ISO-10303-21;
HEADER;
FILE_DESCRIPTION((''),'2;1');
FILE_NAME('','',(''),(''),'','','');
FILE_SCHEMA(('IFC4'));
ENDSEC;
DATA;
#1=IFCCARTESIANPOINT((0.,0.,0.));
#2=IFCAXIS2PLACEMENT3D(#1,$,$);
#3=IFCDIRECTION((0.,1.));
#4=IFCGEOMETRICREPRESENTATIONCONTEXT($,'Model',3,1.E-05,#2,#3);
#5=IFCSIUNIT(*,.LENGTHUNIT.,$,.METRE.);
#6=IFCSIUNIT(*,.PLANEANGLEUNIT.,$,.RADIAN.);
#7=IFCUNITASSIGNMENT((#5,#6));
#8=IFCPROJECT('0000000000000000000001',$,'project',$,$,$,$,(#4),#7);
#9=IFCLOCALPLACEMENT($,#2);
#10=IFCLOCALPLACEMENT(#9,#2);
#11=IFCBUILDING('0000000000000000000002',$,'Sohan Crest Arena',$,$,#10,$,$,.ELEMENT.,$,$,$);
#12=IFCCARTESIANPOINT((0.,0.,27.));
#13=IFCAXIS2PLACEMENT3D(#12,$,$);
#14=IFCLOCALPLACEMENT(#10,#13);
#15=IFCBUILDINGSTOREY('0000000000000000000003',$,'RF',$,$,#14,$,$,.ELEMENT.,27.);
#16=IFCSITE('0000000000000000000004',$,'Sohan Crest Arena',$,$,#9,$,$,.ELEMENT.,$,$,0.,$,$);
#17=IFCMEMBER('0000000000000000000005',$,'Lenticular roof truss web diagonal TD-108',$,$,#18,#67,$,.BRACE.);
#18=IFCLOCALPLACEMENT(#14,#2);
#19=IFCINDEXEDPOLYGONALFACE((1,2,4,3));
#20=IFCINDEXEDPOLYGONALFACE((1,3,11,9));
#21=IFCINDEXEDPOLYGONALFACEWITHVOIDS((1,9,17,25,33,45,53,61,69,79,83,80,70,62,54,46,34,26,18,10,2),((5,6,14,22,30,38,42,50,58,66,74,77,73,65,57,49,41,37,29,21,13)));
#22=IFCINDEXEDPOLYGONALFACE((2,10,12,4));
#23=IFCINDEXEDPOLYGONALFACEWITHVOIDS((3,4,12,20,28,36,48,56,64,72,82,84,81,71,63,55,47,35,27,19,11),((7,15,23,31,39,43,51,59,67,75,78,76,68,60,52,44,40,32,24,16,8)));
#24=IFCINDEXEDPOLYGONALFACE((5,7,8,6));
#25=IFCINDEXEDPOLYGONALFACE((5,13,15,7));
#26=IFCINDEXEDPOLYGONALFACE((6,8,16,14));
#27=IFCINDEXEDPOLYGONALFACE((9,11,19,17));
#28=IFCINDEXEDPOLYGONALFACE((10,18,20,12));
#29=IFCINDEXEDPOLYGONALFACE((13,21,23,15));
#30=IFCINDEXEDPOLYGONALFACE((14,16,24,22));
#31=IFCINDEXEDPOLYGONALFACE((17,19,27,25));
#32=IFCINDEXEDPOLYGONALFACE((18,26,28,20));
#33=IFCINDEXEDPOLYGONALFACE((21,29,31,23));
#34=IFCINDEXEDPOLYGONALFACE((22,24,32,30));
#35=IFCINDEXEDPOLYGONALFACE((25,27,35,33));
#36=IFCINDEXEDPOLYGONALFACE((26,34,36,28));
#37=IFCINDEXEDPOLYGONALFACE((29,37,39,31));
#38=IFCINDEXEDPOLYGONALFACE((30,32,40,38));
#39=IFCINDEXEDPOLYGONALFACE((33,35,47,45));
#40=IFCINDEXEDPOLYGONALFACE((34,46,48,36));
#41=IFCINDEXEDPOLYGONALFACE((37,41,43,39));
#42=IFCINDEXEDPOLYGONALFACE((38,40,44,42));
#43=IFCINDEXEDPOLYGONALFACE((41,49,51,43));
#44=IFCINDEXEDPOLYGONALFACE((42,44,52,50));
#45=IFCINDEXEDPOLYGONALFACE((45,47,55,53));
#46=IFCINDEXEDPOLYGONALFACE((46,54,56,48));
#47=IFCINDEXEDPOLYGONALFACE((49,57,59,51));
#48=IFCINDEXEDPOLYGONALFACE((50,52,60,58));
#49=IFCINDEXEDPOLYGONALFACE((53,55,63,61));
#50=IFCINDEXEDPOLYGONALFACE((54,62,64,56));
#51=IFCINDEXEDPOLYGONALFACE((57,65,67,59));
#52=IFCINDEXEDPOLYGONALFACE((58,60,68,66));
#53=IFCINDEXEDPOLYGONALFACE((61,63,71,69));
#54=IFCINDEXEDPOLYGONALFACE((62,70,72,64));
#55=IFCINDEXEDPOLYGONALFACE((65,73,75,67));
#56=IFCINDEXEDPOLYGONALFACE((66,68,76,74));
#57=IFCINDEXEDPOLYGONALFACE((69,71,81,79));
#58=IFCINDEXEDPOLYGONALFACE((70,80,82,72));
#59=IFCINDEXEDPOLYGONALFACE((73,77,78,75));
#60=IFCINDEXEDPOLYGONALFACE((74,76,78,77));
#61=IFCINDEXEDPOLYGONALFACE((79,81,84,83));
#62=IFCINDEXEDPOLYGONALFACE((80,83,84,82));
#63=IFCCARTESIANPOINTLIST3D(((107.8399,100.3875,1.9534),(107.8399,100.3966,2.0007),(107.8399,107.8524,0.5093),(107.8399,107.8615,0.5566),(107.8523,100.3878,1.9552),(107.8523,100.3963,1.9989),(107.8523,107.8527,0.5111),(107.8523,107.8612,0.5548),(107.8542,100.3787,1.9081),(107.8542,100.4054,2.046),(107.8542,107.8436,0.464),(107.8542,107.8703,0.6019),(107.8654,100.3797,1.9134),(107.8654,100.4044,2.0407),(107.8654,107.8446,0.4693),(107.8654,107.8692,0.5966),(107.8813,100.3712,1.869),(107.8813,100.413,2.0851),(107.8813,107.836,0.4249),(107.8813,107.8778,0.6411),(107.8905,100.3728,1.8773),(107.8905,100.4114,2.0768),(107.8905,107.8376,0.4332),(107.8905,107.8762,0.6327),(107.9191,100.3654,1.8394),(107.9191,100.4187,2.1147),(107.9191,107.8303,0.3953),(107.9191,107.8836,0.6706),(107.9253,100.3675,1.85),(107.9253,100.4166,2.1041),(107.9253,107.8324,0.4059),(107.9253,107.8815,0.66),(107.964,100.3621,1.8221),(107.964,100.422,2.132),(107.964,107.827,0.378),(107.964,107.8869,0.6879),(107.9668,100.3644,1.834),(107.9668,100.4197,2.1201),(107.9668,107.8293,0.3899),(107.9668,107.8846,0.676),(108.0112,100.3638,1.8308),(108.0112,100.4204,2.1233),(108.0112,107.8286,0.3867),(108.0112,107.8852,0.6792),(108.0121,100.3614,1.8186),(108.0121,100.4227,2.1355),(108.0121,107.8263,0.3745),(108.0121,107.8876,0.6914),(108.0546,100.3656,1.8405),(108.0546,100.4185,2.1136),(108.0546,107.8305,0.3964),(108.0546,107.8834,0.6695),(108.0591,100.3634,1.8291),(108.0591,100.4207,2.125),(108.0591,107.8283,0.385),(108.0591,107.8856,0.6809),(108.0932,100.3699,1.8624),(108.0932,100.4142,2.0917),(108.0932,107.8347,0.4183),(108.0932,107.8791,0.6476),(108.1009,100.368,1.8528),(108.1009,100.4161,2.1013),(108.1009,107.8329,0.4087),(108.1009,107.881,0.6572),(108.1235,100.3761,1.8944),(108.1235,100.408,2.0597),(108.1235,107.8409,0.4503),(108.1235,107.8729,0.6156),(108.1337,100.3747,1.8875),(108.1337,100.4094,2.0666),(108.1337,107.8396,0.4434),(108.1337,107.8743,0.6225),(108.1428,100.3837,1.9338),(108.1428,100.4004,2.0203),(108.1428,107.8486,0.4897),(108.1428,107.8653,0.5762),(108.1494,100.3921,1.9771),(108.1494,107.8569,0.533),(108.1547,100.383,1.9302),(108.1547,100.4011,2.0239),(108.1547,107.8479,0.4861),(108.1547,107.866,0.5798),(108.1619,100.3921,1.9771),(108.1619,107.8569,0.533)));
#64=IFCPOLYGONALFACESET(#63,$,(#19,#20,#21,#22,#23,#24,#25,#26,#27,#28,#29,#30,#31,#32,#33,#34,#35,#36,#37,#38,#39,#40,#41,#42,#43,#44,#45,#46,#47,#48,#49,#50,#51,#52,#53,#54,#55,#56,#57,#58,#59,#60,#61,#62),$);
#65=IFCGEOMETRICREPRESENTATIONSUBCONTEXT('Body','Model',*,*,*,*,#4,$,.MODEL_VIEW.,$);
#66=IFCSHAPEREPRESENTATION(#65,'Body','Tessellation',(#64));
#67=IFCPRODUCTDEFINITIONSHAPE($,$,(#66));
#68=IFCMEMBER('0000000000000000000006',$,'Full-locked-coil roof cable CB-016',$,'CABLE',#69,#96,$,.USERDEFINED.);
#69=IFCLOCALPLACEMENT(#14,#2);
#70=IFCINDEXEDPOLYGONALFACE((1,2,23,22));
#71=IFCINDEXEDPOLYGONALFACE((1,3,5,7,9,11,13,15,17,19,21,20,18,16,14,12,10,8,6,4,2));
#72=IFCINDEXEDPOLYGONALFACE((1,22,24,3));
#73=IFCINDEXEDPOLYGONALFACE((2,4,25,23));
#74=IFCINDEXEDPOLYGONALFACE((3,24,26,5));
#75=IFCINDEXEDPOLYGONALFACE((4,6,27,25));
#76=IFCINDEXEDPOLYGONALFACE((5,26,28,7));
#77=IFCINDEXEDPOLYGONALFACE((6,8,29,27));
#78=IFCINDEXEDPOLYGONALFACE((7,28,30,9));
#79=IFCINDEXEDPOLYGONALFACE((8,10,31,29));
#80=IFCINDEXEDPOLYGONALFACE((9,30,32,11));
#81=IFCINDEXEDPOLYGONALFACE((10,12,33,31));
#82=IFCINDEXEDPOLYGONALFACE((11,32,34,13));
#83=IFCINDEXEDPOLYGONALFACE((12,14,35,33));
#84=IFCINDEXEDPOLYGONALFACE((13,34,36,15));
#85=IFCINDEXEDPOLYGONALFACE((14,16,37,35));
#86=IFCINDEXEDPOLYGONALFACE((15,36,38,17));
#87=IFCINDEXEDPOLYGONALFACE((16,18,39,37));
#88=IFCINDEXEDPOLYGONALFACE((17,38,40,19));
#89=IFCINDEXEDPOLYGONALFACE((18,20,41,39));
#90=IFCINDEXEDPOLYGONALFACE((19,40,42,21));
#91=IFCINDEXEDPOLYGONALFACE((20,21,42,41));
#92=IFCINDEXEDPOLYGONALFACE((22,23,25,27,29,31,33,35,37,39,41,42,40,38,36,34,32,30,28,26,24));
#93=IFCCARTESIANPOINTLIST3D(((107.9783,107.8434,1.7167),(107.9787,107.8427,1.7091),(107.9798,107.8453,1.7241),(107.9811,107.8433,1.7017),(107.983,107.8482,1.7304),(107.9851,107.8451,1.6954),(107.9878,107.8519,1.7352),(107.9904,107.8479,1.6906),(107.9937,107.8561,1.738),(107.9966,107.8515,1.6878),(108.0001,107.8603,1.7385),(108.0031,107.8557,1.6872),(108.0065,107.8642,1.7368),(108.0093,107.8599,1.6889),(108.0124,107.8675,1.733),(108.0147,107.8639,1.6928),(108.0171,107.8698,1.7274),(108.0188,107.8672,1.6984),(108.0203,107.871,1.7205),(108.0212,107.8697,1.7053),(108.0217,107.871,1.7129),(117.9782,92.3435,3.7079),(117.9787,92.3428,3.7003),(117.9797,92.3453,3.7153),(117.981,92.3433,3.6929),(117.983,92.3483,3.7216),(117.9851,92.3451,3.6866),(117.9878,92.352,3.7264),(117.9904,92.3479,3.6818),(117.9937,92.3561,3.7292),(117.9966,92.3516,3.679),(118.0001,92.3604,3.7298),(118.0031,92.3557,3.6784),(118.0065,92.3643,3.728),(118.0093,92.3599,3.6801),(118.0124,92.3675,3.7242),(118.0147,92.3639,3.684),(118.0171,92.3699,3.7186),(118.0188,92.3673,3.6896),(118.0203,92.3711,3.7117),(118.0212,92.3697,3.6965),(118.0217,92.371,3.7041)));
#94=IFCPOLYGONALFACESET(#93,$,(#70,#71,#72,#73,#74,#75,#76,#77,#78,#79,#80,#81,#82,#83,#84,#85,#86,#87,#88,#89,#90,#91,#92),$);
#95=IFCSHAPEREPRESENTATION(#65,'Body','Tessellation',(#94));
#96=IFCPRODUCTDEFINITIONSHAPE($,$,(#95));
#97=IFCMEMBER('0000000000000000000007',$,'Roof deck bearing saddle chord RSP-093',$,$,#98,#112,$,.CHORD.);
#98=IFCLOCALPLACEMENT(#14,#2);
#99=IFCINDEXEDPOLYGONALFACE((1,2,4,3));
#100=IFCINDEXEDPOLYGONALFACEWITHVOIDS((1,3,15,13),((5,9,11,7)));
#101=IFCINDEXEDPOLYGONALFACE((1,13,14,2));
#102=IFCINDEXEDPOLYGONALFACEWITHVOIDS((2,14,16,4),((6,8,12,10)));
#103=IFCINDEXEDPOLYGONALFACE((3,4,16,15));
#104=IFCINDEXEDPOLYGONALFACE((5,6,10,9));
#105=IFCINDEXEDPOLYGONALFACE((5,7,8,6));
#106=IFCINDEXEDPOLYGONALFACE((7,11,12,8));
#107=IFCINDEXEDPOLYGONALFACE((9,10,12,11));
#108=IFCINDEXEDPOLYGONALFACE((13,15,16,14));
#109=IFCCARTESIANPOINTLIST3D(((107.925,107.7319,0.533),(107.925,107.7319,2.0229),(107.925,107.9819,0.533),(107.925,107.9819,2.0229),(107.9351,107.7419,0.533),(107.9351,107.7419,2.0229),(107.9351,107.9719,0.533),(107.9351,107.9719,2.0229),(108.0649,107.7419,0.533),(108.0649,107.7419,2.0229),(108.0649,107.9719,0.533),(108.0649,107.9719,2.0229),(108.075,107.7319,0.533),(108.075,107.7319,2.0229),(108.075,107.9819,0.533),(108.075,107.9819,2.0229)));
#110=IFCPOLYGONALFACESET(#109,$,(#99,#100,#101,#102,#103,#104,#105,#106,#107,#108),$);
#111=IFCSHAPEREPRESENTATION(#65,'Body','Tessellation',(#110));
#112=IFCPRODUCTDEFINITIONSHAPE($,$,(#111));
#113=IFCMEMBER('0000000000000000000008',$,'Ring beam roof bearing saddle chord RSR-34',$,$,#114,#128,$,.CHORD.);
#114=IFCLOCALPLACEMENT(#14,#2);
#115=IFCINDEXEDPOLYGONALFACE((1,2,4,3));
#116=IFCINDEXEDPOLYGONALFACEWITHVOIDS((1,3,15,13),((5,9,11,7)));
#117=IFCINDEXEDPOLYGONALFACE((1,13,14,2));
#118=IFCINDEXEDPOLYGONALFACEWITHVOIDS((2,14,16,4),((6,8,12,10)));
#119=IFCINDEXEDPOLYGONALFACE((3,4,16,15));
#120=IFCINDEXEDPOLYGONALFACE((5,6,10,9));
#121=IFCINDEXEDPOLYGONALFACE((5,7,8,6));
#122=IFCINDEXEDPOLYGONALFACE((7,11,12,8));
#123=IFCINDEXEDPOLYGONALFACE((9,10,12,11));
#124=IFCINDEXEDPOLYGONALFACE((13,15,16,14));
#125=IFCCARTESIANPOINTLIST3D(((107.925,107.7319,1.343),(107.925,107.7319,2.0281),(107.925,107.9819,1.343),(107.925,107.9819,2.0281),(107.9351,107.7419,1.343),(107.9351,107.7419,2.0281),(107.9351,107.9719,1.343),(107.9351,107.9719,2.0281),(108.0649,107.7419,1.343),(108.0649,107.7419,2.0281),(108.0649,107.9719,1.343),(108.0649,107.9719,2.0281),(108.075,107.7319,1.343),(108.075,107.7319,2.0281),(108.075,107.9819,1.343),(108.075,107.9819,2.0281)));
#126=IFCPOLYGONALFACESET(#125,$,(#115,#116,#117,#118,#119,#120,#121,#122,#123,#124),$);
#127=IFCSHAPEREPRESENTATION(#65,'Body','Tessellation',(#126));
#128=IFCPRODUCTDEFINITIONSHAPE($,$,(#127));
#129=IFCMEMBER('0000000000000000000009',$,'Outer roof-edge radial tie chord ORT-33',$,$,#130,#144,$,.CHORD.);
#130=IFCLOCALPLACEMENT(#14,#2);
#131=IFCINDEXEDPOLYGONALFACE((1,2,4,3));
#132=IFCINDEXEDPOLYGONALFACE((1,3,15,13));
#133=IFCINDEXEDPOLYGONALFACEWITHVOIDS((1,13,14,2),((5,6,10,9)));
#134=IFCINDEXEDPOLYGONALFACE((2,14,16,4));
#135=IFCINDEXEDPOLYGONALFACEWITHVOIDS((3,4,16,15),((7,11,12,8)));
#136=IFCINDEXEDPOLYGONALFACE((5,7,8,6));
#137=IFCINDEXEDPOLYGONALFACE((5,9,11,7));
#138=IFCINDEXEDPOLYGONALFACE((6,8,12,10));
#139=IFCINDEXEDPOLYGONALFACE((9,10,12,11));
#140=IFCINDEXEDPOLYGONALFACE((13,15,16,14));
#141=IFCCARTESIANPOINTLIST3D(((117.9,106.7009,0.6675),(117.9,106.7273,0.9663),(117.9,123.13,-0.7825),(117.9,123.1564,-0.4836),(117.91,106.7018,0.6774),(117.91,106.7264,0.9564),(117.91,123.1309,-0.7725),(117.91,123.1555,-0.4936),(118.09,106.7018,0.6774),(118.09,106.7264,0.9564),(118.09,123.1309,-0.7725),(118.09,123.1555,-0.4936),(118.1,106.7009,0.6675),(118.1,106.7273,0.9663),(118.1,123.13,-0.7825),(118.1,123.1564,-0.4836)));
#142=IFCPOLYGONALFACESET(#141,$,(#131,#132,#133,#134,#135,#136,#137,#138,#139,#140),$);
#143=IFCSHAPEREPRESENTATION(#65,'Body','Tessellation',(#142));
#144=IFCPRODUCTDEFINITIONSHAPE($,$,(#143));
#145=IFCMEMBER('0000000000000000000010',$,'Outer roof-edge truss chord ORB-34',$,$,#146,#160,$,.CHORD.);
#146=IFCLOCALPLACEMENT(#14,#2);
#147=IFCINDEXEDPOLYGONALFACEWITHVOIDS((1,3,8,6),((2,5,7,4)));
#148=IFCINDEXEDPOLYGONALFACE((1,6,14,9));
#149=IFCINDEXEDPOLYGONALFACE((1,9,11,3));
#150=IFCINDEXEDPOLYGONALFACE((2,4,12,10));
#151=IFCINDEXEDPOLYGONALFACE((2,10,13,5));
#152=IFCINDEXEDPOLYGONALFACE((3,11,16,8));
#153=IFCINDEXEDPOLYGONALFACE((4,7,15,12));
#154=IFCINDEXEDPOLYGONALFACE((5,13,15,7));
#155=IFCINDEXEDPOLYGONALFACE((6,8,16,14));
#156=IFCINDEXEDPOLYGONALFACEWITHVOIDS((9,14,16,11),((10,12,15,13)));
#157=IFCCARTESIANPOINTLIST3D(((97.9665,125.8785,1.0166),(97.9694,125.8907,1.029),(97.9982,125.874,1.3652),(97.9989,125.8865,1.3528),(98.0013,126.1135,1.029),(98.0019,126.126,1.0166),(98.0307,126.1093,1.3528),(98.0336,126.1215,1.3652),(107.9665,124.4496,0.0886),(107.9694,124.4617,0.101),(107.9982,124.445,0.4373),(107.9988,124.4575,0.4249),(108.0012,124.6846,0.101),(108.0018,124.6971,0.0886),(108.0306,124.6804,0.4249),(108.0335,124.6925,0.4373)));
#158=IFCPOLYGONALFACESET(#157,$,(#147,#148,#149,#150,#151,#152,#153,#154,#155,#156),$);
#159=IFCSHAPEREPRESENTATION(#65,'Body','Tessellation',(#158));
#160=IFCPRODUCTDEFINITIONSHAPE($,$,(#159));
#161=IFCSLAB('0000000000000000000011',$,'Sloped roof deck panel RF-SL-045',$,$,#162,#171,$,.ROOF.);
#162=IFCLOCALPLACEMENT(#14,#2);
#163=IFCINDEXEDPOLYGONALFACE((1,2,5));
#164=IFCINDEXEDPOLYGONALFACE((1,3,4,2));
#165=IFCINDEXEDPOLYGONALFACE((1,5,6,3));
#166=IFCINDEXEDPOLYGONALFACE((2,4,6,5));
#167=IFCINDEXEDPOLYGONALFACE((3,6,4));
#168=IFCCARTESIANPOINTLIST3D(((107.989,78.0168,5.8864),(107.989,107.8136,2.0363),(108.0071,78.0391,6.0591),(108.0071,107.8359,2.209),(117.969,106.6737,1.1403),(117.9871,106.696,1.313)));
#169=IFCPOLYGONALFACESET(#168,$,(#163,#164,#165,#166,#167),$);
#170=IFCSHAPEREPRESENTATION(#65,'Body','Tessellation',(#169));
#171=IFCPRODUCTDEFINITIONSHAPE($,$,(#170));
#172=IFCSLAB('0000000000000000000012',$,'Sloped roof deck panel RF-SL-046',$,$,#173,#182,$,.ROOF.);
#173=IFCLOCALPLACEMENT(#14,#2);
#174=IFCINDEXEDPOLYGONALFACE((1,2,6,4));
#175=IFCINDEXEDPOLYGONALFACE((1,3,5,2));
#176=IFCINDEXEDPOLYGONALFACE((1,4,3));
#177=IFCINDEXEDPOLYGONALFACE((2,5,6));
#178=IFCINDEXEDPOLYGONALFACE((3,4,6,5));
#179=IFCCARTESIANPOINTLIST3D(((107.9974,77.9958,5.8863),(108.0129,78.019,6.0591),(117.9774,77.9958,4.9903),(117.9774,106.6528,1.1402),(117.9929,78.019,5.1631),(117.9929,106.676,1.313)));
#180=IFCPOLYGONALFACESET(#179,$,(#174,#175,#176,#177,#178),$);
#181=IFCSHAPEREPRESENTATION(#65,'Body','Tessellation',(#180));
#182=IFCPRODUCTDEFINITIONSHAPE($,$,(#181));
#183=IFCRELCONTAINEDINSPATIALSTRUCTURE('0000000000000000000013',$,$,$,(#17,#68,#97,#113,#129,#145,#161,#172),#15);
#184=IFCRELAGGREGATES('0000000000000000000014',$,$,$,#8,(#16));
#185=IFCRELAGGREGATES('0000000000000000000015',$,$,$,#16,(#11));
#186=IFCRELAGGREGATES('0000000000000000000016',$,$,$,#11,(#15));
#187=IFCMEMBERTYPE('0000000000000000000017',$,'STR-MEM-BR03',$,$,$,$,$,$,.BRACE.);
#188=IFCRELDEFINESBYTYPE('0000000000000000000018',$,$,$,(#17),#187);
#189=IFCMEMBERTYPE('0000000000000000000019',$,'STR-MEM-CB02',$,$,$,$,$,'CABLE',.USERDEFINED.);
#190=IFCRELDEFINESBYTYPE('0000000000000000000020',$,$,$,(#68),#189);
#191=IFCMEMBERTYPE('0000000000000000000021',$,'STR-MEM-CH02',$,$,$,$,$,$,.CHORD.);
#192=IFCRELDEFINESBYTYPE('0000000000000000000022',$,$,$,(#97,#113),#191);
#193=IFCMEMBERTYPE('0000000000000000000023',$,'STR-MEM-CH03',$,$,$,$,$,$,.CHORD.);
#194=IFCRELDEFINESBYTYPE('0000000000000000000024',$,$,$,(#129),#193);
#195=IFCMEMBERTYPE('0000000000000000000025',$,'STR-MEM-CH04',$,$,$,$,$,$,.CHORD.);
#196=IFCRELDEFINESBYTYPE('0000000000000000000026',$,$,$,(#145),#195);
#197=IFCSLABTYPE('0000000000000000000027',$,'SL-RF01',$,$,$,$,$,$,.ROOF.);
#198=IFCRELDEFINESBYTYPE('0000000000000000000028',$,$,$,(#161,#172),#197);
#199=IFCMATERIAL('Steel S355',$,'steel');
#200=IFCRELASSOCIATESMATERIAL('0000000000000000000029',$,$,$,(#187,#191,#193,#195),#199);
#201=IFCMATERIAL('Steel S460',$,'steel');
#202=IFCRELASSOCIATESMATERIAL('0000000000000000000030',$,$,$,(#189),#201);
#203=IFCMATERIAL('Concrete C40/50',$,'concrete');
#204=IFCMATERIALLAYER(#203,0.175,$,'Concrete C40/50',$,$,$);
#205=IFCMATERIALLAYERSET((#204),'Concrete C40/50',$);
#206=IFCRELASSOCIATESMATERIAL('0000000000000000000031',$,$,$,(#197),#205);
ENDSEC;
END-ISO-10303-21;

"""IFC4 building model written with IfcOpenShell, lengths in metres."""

from ifc_helpers import new_model, si_unit, direction, frame, origin, origin_2d, place, context, subcontext, project, spatial, polyline, hollow_rectangle, circle, hollow_circle, outline, extrude, material, layer, layer_set, material_profile, profile_set, type_object, element, save


model = new_model("IFC4")

# Units and contexts
model_context = context("Model", 3, precision=1e-05, world=origin(), true_north=direction((0.0, 1.0)))
body_context = subcontext(model_context, "Body", "Model", "MODEL_VIEW")
ifc_project = project(units=[si_unit("LENGTHUNIT", "METRE"), si_unit("PLANEANGLEUNIT", "RADIAN")], contexts=[model_context])

# Site, building, storey
site_placement = place(None, origin())
site = spatial("IfcSite", under=ifc_project, at=site_placement, Name="Sohan Crest Arena", CompositionType="ELEMENT", RefElevation=0.0)
building_placement = place(site_placement, origin())
building = spatial("IfcBuilding", under=site, at=building_placement, Name="Sohan Crest Arena", CompositionType="ELEMENT")
storey_placement = place(building_placement, frame((0.0, 0.0, 27.0)))
storey = spatial("IfcBuildingStorey", under=building, at=storey_placement, Name="RF", CompositionType="ELEMENT", Elevation=27.0)

# Shared definitions
ifc_material_1 = material(Name="Concrete C40/50", Category="concrete")
ifc_material_2 = material(Name="Steel S355", Category="steel")

# Members
ifc_material_profile_1 = material_profile(ifc_material_2, hollow_circle(Radius=0.1619, WallThickness=0.0125, at=origin_2d()), Name="CHS 323.9x12.5")
ifc_profile_set_1 = profile_set([ifc_material_profile_1], Name="Steel S355")
member_type_1 = type_object("IfcMemberType", Name="STR-MEM-BR03", PredefinedType="BRACE", material=ifc_profile_set_1)
member_1_placement = place(storey_placement, frame((108.0, 107.8569, 0.533), z_axis=(0.0, -0.981797, 0.189931), x_axis=(1.0, 0.0, 0.0)))
element("IfcMember", 1, at=member_1_placement, inside=storey, type_object=member_type_1, Name="Lenticular roof truss web diagonal TD-108", PredefinedType="BRACE", context=body_context, shape_type="SweptSolid", body=[
    extrude(hollow_circle(Radius=0.1619, WallThickness=0.0125, at=origin_2d()), origin(), (0.0, 0.0, 1.0), 7.6033),
])
ifc_material_3 = material(Name="Steel S460", Category="steel")
ifc_material_profile_2 = material_profile(ifc_material_3, circle(Radius=0.0259, at=origin_2d()), Name="FLC D52")
ifc_profile_set_2 = profile_set([ifc_material_profile_2], Name="Steel S460")
member_type_2 = type_object("IfcMemberType", Name="STR-MEM-CB02", ElementType="CABLE", PredefinedType="USERDEFINED", material=ifc_profile_set_2)
member_2_placement = place(storey_placement, frame((108.0, 107.8569, 1.7129), z_axis=(0.538996, -0.835443, 0.107325), x_axis=(0.840297, 0.542127, 0.0)))
element("IfcMember", 2, at=member_2_placement, inside=storey, type_object=member_type_2, Name="Full-locked-coil roof cable CB-016", ObjectType="CABLE", PredefinedType="USERDEFINED", context=body_context, shape_type="SweptSolid", body=[
    extrude(circle(Radius=0.0259, at=origin_2d()), origin(), (0.0, 0.0, 1.0), 18.553),
])
ifc_material_profile_3 = material_profile(ifc_material_2, hollow_rectangle(XDim=0.1499, YDim=0.25, WallThickness=0.01, at=origin_2d()), Name="RHS 250x150x10")
ifc_profile_set_3 = profile_set([ifc_material_profile_3], Name="Steel S355")
member_type_3 = type_object("IfcMemberType", Name="STR-MEM-CH02", PredefinedType="CHORD", material=ifc_profile_set_3)
member_3_placement = place(storey_placement, frame((108.0, 107.8569, 0.533), z_axis=(0.0, 0.0, 1.0), x_axis=(1.0, 0.0, 0.0)))
element("IfcMember", 3, at=member_3_placement, inside=storey, type_object=member_type_3, Name="Roof deck bearing saddle chord RSP-093", PredefinedType="CHORD", context=body_context, shape_type="SweptSolid", body=[
    extrude(hollow_rectangle(XDim=0.1499, YDim=0.25, WallThickness=0.01, at=origin_2d()), origin(), (0.0, 0.0, 1.0), 1.49),
])
member_4_placement = place(storey_placement, frame((108.0, 107.8569, 1.343), z_axis=(0.0, 0.0, 1.0), x_axis=(1.0, 0.0, 0.0)))
element("IfcMember", 4, at=member_4_placement, inside=storey, type_object=member_type_3, Name="Ring beam roof bearing saddle chord RSR-34", PredefinedType="CHORD", context=body_context, shape_type="SweptSolid", body=[
    extrude(hollow_rectangle(XDim=0.1499, YDim=0.25, WallThickness=0.01, at=origin_2d()), origin(), (0.0, 0.0, 1.0), 0.6851),
])
ifc_material_profile_4 = material_profile(ifc_material_2, hollow_rectangle(XDim=0.2, YDim=0.3, WallThickness=0.01, at=origin_2d()), Name="RHS 300x200x10")
ifc_profile_set_4 = profile_set([ifc_material_profile_4], Name="Steel S355")
member_type_4 = type_object("IfcMemberType", Name="STR-MEM-CH03", PredefinedType="CHORD", material=ifc_profile_set_4)
member_5_placement = place(storey_placement, frame((118.0, 106.7141, 0.8169), z_axis=(0.0, 0.996128, -0.087914), x_axis=(-1.0, 0.0, 0.0)))
element("IfcMember", 5, at=member_5_placement, inside=storey, type_object=member_type_4, Name="Outer roof-edge radial tie chord ORT-33", PredefinedType="CHORD", context=body_context, shape_type="SweptSolid", body=[
    extrude(hollow_rectangle(XDim=0.2, YDim=0.3, WallThickness=0.01, at=origin_2d()), origin(), (0.0, 0.0, 1.0), 16.4929),
])
ifc_material_profile_5 = material_profile(ifc_material_2, hollow_rectangle(XDim=0.25, YDim=0.3501, WallThickness=0.0125, at=origin_2d()), Name="RHS 350x250x12.5")
ifc_profile_set_5 = profile_set([ifc_material_profile_5], Name="Steel S355")
member_type_5 = type_object("IfcMemberType", Name="STR-MEM-CH04", PredefinedType="CHORD", material=ifc_profile_set_5)
member_6_placement = place(storey_placement, frame((108.0, 124.571, 0.2629), z_axis=(-0.985793, 0.140865, 0.09148), x_axis=(-0.141459, -0.989944, 0.0)))
element("IfcMember", 6, at=member_6_placement, inside=storey, type_object=member_type_5, Name="Outer roof-edge truss chord ORB-34", PredefinedType="CHORD", context=body_context, shape_type="SweptSolid", body=[
    extrude(hollow_rectangle(XDim=0.25, YDim=0.3501, WallThickness=0.0125, at=origin_2d()), origin(), (0.0, 0.0, 1.0), 10.144),
])

# Slabs
ifc_layer_1 = layer(ifc_material_1, 0.175, Name="Concrete C40/50")
ifc_layer_set_1 = layer_set([ifc_layer_1], Name="Concrete C40/50")
slab_type_1 = type_object("IfcSlabType", Name="SL-RF01", PredefinedType="ROOF", material=ifc_layer_set_1)
slab_1_placement = place(storey_placement, frame((117.9871, 106.696, 1.313), z_axis=(0.103123, 0.127463, 0.986468), x_axis=(-0.989611, 0.113031, 0.088847)))
element("IfcSlab", 7, at=slab_1_placement, inside=storey, type_object=slab_type_1, Name="Sloped roof deck panel RF-SL-045", PredefinedType="ROOF", context=body_context, shape_type="SweptSolid", body=[
    extrude(outline(polyline([(0.0, 0.0), (10.0847, 0.0), (7.0588, 29.8918), (0.0, 0.0)])), origin(), (0.0, 0.0, -1.0), 0.175),
])
slab_2_placement = place(storey_placement, frame((117.9929, 106.676, 1.313), z_axis=(0.08863, 0.132631, 0.987195), x_axis=(-0.324933, -0.933028, 0.154526)))
element("IfcSlab", 8, at=slab_2_placement, inside=storey, type_object=slab_type_1, Name="Sloped roof deck panel RF-SL-046", PredefinedType="ROOF", context=body_context, shape_type="SweptSolid", body=[
    extrude(outline(polyline([(0.0, 0.0), (30.714, 0.0), (27.3327, 9.4324), (0.0, 0.0)])), origin(), (0.0, 0.0, -1.0), 0.175),
])

save(model, "model.ifc")
